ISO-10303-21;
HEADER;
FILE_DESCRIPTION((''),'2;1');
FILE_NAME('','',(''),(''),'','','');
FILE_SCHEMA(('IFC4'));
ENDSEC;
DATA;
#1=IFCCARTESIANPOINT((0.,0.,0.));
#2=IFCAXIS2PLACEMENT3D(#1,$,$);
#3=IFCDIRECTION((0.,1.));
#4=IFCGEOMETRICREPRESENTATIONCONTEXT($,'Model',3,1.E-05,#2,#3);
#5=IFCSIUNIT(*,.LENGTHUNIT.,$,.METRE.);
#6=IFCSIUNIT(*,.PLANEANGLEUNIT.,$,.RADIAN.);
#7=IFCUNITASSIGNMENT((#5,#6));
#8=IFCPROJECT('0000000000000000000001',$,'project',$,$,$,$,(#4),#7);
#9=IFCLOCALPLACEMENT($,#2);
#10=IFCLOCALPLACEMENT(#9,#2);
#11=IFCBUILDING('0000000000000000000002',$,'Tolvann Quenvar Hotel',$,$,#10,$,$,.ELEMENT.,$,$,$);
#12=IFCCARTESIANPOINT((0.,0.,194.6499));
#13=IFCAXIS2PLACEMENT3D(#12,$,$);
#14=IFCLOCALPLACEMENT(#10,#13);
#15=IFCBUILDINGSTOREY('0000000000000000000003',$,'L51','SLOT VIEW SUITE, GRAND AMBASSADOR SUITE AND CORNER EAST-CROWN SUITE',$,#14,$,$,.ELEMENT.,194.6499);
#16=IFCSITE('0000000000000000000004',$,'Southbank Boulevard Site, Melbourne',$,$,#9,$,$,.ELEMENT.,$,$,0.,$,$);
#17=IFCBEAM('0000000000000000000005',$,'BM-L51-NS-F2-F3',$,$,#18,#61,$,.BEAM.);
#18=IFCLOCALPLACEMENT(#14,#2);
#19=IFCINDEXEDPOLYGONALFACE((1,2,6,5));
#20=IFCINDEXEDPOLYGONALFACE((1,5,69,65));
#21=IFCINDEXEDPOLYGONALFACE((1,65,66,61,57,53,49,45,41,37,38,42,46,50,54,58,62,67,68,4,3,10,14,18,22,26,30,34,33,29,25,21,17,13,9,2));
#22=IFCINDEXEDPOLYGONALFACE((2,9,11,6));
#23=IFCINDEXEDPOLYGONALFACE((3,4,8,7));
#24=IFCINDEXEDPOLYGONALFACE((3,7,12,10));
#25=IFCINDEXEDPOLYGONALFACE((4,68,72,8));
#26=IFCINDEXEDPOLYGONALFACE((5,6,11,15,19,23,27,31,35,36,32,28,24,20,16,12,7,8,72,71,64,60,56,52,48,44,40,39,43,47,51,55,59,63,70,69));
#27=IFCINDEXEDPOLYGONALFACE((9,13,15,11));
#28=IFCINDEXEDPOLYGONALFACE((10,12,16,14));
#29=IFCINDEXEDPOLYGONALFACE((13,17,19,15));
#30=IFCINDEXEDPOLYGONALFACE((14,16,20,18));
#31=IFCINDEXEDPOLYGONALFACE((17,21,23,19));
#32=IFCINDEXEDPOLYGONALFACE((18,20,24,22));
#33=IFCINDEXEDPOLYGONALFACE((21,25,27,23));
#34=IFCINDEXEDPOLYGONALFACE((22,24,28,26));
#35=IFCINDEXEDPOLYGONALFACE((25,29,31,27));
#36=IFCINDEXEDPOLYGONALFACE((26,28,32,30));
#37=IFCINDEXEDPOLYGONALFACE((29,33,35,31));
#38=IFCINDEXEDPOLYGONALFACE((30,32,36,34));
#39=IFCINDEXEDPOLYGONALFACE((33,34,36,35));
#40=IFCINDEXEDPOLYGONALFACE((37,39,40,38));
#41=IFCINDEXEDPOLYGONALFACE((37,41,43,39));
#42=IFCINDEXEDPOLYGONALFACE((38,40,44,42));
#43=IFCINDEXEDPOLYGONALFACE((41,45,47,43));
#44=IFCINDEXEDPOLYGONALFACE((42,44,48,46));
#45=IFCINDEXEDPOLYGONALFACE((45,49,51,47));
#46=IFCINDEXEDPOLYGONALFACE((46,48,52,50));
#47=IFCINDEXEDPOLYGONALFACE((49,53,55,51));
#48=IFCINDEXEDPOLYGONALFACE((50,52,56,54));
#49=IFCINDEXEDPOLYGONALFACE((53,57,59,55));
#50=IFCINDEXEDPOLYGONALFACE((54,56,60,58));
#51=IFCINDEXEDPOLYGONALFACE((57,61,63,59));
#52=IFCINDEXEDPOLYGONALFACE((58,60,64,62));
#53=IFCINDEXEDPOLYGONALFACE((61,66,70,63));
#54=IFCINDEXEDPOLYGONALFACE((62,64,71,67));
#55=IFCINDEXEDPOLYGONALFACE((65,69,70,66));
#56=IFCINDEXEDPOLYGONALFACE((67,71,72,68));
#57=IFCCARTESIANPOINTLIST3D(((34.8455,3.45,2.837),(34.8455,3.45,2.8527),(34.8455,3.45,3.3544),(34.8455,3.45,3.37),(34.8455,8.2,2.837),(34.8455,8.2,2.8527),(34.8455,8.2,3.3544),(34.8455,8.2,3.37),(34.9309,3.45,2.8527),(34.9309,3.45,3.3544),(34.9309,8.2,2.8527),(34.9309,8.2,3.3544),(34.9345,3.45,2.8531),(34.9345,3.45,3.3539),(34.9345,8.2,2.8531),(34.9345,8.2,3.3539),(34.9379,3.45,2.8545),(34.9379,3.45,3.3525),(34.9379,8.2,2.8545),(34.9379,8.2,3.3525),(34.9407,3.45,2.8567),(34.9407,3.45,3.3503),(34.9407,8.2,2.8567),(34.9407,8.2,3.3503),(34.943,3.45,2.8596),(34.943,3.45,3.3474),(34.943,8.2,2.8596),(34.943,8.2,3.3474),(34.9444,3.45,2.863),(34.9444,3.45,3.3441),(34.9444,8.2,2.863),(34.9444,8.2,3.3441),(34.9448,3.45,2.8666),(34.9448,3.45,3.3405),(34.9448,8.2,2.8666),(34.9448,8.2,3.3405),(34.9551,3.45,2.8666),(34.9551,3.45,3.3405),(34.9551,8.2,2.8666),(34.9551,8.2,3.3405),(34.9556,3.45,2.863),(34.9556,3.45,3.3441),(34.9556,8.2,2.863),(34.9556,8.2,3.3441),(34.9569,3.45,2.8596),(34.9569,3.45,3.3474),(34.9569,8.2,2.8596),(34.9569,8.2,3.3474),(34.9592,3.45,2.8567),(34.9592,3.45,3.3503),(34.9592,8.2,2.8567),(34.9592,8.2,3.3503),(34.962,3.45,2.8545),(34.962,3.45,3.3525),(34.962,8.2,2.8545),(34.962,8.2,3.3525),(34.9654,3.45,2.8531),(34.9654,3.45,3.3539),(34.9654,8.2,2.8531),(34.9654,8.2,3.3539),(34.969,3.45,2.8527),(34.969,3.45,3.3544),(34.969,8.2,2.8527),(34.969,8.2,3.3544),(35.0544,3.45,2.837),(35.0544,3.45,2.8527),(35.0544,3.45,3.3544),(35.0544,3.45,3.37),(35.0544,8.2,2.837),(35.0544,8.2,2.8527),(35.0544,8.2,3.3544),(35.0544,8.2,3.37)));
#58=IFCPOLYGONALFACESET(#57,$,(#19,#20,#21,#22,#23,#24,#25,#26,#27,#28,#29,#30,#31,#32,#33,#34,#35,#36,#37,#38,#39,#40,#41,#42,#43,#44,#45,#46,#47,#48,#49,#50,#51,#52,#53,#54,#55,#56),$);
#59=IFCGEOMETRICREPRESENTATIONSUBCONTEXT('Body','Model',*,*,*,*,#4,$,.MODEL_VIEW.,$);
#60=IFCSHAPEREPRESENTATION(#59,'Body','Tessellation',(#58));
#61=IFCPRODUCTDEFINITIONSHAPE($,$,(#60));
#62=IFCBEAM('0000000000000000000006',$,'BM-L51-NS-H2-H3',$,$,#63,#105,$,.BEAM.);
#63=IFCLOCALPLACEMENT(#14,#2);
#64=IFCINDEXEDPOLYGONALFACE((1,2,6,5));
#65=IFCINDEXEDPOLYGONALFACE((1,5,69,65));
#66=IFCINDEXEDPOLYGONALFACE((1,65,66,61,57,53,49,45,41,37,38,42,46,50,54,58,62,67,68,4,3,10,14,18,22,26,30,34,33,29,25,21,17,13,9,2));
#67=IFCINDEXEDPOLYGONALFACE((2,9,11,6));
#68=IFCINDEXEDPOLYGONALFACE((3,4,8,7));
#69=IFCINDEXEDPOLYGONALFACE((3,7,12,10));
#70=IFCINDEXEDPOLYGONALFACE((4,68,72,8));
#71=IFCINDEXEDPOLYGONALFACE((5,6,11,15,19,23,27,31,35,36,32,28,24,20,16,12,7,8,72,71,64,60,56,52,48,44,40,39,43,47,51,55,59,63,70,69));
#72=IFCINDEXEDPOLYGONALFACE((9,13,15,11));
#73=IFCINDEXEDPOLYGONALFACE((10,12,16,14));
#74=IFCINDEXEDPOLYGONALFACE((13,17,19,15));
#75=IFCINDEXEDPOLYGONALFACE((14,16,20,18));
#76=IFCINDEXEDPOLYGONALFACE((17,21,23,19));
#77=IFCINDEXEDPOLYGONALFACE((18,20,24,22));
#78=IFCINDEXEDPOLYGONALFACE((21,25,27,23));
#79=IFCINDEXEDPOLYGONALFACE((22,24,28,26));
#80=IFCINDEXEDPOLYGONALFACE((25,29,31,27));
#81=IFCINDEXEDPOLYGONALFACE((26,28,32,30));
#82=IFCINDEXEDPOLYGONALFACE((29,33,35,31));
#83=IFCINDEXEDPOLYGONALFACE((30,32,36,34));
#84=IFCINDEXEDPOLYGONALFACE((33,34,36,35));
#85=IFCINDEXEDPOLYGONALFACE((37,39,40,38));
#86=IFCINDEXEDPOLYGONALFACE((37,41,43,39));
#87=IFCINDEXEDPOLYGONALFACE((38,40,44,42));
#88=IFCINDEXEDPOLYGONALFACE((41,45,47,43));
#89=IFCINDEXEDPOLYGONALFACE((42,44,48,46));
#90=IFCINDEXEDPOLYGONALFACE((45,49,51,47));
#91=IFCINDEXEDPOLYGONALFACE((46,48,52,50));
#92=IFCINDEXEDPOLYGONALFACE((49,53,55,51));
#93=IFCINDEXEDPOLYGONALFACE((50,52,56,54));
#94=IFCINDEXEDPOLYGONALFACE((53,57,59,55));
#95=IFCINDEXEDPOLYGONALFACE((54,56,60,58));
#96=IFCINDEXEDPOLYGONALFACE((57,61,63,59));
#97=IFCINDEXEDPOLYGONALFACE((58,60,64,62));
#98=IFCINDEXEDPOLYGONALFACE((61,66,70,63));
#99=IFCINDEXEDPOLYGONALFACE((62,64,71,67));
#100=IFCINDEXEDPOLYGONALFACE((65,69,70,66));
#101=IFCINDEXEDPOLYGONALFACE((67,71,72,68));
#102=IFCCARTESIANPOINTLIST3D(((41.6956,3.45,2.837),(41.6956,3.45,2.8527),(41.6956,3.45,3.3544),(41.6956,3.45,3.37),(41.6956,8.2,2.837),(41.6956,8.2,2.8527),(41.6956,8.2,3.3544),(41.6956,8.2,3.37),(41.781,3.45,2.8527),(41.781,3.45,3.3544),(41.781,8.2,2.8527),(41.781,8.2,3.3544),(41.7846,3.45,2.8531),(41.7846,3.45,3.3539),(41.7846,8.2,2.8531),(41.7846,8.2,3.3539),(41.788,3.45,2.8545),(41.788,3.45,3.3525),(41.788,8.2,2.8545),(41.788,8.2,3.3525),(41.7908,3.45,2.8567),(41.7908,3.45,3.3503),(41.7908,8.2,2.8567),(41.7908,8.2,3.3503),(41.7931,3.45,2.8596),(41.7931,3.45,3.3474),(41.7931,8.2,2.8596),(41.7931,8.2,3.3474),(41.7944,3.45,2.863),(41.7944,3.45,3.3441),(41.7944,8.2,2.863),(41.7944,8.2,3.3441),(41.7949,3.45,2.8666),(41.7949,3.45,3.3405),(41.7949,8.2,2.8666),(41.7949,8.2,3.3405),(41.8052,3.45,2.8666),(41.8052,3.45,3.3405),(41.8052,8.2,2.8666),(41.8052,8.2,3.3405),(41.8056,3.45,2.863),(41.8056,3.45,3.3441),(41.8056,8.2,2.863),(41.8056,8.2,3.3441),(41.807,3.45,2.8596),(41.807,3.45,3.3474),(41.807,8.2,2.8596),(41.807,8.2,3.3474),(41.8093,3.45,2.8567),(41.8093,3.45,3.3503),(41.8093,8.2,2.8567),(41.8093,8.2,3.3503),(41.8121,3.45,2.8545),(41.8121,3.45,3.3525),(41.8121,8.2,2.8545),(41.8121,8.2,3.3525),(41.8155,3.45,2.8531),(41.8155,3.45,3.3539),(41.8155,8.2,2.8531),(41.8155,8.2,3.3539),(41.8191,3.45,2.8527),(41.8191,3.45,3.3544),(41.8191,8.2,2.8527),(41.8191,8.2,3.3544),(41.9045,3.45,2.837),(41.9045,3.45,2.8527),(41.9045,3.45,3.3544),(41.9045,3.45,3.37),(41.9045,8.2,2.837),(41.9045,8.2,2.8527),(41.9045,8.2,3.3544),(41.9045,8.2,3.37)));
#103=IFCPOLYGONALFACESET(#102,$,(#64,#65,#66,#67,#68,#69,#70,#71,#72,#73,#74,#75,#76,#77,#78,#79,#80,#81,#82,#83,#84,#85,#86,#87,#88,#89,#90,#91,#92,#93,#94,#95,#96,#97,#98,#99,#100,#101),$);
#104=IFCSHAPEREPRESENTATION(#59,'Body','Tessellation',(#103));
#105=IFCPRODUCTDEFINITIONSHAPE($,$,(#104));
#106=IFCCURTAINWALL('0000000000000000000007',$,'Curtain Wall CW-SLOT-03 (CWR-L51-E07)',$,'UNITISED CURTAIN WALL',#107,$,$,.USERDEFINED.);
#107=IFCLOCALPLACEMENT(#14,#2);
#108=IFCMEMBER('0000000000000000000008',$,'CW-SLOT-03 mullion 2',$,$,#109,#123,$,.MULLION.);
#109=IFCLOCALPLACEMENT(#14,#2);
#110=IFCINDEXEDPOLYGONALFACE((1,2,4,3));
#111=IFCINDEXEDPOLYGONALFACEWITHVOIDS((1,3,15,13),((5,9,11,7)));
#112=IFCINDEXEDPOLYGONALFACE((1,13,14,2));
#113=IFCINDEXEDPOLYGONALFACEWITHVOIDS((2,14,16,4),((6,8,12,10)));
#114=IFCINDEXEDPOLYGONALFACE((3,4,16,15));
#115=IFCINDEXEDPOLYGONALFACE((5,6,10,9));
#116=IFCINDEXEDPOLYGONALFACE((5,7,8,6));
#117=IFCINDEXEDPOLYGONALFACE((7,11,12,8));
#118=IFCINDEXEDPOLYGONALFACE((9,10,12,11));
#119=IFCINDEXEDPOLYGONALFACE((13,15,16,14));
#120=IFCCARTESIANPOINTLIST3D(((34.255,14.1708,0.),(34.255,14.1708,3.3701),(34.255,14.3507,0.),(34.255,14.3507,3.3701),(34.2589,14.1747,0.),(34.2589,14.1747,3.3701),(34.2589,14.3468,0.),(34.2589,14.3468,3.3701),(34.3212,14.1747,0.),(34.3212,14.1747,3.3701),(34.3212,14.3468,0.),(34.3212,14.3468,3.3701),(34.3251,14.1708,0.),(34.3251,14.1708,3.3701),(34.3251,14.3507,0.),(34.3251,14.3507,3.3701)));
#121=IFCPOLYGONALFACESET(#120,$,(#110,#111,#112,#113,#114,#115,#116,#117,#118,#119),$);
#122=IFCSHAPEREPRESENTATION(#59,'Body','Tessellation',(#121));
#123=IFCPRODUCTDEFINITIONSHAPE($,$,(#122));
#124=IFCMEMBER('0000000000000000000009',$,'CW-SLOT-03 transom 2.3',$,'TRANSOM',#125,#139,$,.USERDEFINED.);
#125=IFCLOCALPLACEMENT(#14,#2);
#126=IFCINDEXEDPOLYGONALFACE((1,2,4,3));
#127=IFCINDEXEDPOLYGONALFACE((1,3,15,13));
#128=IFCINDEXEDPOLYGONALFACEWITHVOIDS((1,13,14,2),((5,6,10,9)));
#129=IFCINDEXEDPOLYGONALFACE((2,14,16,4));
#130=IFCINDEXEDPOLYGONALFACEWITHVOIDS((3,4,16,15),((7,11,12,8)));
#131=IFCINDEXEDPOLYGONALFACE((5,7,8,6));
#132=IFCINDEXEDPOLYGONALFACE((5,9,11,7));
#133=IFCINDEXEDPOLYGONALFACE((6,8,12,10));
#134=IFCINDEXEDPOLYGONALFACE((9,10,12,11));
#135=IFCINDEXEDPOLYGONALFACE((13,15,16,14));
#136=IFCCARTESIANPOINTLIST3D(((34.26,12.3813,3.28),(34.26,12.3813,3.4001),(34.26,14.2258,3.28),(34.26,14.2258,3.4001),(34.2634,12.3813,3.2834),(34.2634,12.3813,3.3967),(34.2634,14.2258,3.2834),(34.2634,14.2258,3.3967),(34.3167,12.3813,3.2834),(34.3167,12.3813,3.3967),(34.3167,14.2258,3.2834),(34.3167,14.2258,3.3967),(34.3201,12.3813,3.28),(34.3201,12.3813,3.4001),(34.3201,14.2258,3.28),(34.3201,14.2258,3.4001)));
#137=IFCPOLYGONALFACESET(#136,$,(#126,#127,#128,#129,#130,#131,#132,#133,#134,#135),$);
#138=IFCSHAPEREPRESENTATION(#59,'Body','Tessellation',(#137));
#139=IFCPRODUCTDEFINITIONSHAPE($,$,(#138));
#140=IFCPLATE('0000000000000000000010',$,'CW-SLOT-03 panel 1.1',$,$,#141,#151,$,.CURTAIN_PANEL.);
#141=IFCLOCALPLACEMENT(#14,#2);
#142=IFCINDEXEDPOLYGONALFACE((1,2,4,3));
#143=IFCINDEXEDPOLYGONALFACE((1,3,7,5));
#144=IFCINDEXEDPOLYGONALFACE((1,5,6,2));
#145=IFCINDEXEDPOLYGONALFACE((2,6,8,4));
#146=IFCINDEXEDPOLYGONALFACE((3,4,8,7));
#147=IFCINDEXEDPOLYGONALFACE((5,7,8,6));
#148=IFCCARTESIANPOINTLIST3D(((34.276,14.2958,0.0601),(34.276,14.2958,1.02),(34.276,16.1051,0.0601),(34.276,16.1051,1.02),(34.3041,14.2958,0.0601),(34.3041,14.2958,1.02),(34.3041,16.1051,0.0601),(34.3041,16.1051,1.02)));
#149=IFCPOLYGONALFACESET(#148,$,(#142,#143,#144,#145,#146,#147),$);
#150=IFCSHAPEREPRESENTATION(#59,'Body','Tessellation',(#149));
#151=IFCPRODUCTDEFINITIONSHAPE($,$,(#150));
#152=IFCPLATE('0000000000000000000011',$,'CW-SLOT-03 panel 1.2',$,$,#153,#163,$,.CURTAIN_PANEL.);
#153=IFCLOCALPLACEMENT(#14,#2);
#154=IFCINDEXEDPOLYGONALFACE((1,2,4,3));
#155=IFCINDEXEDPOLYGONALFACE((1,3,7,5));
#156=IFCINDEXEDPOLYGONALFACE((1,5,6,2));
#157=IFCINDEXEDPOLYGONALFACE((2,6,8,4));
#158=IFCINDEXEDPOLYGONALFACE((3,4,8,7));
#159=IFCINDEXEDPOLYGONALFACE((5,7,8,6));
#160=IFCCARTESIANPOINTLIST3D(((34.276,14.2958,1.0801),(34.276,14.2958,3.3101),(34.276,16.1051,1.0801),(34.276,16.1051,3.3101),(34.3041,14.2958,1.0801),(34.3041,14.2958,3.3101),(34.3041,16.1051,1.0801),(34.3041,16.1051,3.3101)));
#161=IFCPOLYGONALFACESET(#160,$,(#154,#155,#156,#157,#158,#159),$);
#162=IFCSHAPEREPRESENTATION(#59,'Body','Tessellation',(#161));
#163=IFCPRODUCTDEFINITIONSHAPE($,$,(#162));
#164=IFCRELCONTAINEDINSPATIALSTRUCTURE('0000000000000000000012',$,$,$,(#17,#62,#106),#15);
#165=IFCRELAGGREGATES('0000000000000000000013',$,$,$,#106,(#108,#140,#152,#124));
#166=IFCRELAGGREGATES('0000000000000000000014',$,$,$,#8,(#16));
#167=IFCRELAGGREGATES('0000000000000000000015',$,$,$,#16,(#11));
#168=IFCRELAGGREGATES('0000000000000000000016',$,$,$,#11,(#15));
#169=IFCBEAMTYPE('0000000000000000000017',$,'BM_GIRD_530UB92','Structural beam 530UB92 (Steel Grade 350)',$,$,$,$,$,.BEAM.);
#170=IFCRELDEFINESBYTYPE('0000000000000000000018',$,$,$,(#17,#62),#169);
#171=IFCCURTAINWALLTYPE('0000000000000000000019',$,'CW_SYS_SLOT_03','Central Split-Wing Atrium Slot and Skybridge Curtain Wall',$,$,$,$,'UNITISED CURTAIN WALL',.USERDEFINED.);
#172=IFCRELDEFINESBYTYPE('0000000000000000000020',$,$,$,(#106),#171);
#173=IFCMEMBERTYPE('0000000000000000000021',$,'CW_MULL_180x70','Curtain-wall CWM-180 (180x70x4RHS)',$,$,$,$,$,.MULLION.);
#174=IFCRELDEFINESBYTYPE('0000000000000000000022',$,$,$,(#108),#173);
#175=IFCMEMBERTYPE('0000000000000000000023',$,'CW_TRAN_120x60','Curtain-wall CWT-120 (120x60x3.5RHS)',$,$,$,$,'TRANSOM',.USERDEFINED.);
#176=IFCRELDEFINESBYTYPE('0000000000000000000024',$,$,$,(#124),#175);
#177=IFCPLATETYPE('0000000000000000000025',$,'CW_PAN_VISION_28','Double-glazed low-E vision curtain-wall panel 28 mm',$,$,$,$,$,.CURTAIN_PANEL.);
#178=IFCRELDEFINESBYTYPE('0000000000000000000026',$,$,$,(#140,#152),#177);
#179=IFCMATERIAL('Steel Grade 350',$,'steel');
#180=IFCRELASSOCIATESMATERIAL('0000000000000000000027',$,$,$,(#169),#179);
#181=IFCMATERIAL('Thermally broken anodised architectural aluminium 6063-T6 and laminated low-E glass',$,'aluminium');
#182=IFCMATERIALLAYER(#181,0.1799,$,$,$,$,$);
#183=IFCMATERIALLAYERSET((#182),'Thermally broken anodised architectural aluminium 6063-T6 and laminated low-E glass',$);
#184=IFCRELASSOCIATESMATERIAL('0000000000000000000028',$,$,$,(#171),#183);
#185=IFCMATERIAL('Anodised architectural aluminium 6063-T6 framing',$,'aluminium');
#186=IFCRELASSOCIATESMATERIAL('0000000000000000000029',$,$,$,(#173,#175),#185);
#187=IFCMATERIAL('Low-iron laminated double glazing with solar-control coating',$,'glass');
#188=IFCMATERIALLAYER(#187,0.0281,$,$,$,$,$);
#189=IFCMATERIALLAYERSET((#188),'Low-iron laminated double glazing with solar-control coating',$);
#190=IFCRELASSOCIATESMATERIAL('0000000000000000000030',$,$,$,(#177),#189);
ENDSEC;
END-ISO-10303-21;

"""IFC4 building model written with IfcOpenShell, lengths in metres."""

from ifc_helpers import new_model, si_unit, direction, frame, origin, origin_2d, place, context, subcontext, project, spatial, rectangle, hollow_rectangle, i_section, extrude, source, transform, mapped, material, layer, layer_set, material_profile, profile_set, type_object, type_shapes, element, aggregate, save


model = new_model("IFC4")

# Units and contexts
model_context = context("Model", 3, precision=1e-05, world=origin(), true_north=direction((0.0, 1.0)))
body_context = subcontext(model_context, "Body", "Model", "MODEL_VIEW")
ifc_project = project(units=[si_unit("LENGTHUNIT", "METRE"), si_unit("PLANEANGLEUNIT", "RADIAN")], contexts=[model_context])

# Site, building, storey
site_placement = place(None, origin())
site = spatial("IfcSite", under=ifc_project, at=site_placement, Name="Southbank Boulevard Site, Melbourne", CompositionType="ELEMENT", RefElevation=0.0)
building_placement = place(site_placement, origin())
building = spatial("IfcBuilding", under=site, at=building_placement, Name="Tolvann Quenvar Hotel", CompositionType="ELEMENT")
storey_placement = place(building_placement, frame((0.0, 0.0, 194.6499)))
storey = spatial("IfcBuildingStorey", under=building, at=storey_placement, Name="L51", Description="SLOT VIEW SUITE, GRAND AMBASSADOR SUITE AND CORNER EAST-CROWN SUITE", CompositionType="ELEMENT", Elevation=194.6499)

# Shared definitions
ifc_material_1 = material(Name="Steel Grade 350", Category="steel")

# Beams
ifc_material_profile_1 = material_profile(ifc_material_1, i_section(OverallWidth=0.209, OverallDepth=0.533, WebThickness=0.0103, FlangeThickness=0.0156, FilletRadius=0.0139, at=origin_2d()), Name="530UB92")
ifc_profile_set_1 = profile_set([ifc_material_profile_1], Name="Steel Grade 350")
beam_type_1 = type_object("IfcBeamType", Name="BM_GIRD_530UB92", Description="Structural beam 530UB92 (Steel Grade 350)", PredefinedType="BEAM", material=ifc_profile_set_1)
shared_shape_1 = source(origin(), body_context, "Body", "SweptSolid", [
    extrude(i_section(OverallWidth=0.209, OverallDepth=0.533, WebThickness=0.0103, FlangeThickness=0.0156, FilletRadius=0.0139, at=origin_2d()), origin(), (0.0, 0.0, 1.0), 4.75),
])
for number, where, z_axis, x_axis, name in (
    (1, (34.95, 3.45, 3.1035), (0.0, 1.0, 0.0), (-1.0, 0.0, 0.0), "BM-L51-NS-F2-F3"),
    (2, (41.8, 3.45, 3.1035), (0.0, 1.0, 0.0), (-1.0, 0.0, 0.0), "BM-L51-NS-H2-H3"),
):
    element("IfcBeam", number, at=place(storey_placement, frame(where, z_axis=z_axis, x_axis=x_axis)), inside=storey, type_object=beam_type_1, Name=name, PredefinedType="BEAM", context=body_context, shape_type="MappedRepresentation", body=[
        mapped(shared_shape_1, transform((0.0, 0.0, 0.0), x_axis=(1.0, 0.0, 0.0), y_axis=(0.0, 1.0, 0.0), z_axis=(0.0, 0.0, 1.0), scale=1.0)),
    ])

# Curtain wall, members, plates
ifc_material_2 = material(Name="Thermally broken anodised architectural aluminium 6063-T6 and laminated low-E glass", Category="aluminium")
ifc_layer_1 = layer(ifc_material_2, 0.1799)
ifc_layer_set_1 = layer_set([ifc_layer_1], Name="Thermally broken anodised architectural aluminium 6063-T6 and laminated low-E glass")
curtain_wall_type = type_object("IfcCurtainWallType", Name="CW_SYS_SLOT_03", Description="Central Split-Wing Atrium Slot and Skybridge Curtain Wall", ElementType="UNITISED CURTAIN WALL", PredefinedType="USERDEFINED", material=ifc_layer_set_1)
curtain_wall_placement = place(storey_placement, origin())
curtain_wall = element("IfcCurtainWall", 3, at=curtain_wall_placement, inside=storey, type_object=curtain_wall_type, Name="Curtain Wall CW-SLOT-03 (CWR-L51-E07)", ObjectType="UNITISED CURTAIN WALL", PredefinedType="USERDEFINED")
ifc_material_3 = material(Name="Anodised architectural aluminium 6063-T6 framing", Category="aluminium")
ifc_material_profile_2 = material_profile(ifc_material_3, hollow_rectangle(XDim=0.0701, YDim=0.1799, WallThickness=0.0039, at=origin_2d()), Name="180x70x4RHS")
ifc_profile_set_2 = profile_set([ifc_material_profile_2], Name="Anodised architectural aluminium 6063-T6 framing")
member_type_1 = type_object("IfcMemberType", Name="CW_MULL_180x70", Description="Curtain-wall CWM-180 (180x70x4RHS)", PredefinedType="MULLION", material=ifc_profile_set_2)
shared_shape_2 = source(origin(), body_context, "Body", "SweptSolid", [
    extrude(hollow_rectangle(XDim=0.0701, YDim=0.1799, WallThickness=0.0039, at=origin_2d()), origin(), (0.0, 0.0, 1.0), 3.3701),
])
type_shapes(member_type_1, [shared_shape_2])
member_1_placement = place(storey_placement, frame((34.29, 14.2607, 0.0), z_axis=(0.0, 0.0, 1.0), x_axis=(1.0, 0.0, 0.0)))
member_1 = element("IfcMember", 4, at=member_1_placement, type_object=member_type_1, Name="CW-SLOT-03 mullion 2", PredefinedType="MULLION", context=body_context, shape_type="MappedRepresentation", body=[
    mapped(shared_shape_2, transform((0.0, 0.0, 0.0), x_axis=(1.0, 0.0, 0.0), y_axis=(0.0, 1.0, 0.0), z_axis=(0.0, 0.0, 1.0), scale=1.0)),
])
ifc_material_profile_3 = material_profile(ifc_material_3, hollow_rectangle(XDim=0.0601, YDim=0.1201, WallThickness=0.0034, at=origin_2d()), Name="120x60x3.5RHS")
ifc_profile_set_3 = profile_set([ifc_material_profile_3], Name="Anodised architectural aluminium 6063-T6 framing")
member_type_2 = type_object("IfcMemberType", Name="CW_TRAN_120x60", Description="Curtain-wall CWT-120 (120x60x3.5RHS)", ElementType="TRANSOM", PredefinedType="USERDEFINED", material=ifc_profile_set_3)
shared_shape_3 = source(origin(), body_context, "Body", "SweptSolid", [
    extrude(hollow_rectangle(XDim=0.0601, YDim=0.1201, WallThickness=0.0034, at=origin_2d()), origin(), (0.0, 0.0, 1.0), 1.8445),
])
type_shapes(member_type_2, [shared_shape_3])
member_2_placement = place(storey_placement, frame((34.29, 14.2258, 3.3401), z_axis=(0.0, -1.0, 0.0), x_axis=(1.0, 0.0, 0.0)))
member_2 = element("IfcMember", 5, at=member_2_placement, type_object=member_type_2, Name="CW-SLOT-03 transom 2.3", ObjectType="TRANSOM", PredefinedType="USERDEFINED", context=body_context, shape_type="MappedRepresentation", body=[
    mapped(shared_shape_3, transform((0.0, 0.0, 0.0), x_axis=(1.0, 0.0, 0.0), y_axis=(0.0, 1.0, 0.0), z_axis=(0.0, 0.0, 1.0), scale=1.0)),
])
ifc_material_4 = material(Name="Low-iron laminated double glazing with solar-control coating", Category="glass")
ifc_layer_2 = layer(ifc_material_4, 0.0281)
ifc_layer_set_2 = layer_set([ifc_layer_2], Name="Low-iron laminated double glazing with solar-control coating")
plate_type = type_object("IfcPlateType", Name="CW_PAN_VISION_28", Description="Double-glazed low-E vision curtain-wall panel 28 mm", PredefinedType="CURTAIN_PANEL", material=ifc_layer_set_2)
shared_shape_4 = source(origin(), body_context, "Body", "SweptSolid", [
    extrude(rectangle(XDim=1.8093, YDim=0.0281, at=origin_2d()), origin(), (0.0, 0.0, 1.0), 0.96),
])
plate_1_placement = place(storey_placement, frame((34.29, 15.2004, 0.0601), z_axis=(0.0, 0.0, 1.0), x_axis=(0.0, -1.0, 0.0)))
plate_1 = element("IfcPlate", 6, at=plate_1_placement, type_object=plate_type, Name="CW-SLOT-03 panel 1.1", PredefinedType="CURTAIN_PANEL", context=body_context, shape_type="MappedRepresentation", body=[
    mapped(shared_shape_4, transform((0.0, 0.0, 0.0), x_axis=(1.0, 0.0, 0.0), y_axis=(0.0, 1.0, 0.0), z_axis=(0.0, 0.0, 1.0), scale=1.0)),
])
shared_shape_5 = source(origin(), body_context, "Body", "SweptSolid", [
    extrude(rectangle(XDim=1.8093, YDim=0.0281, at=origin_2d()), origin(), (0.0, 0.0, 1.0), 2.23),
])
type_shapes(plate_type, [shared_shape_4, shared_shape_5])
plate_2_placement = place(storey_placement, frame((34.29, 15.2004, 1.0801), z_axis=(0.0, 0.0, 1.0), x_axis=(0.0, -1.0, 0.0)))
plate_2 = element("IfcPlate", 7, at=plate_2_placement, type_object=plate_type, Name="CW-SLOT-03 panel 1.2", PredefinedType="CURTAIN_PANEL", context=body_context, shape_type="MappedRepresentation", body=[
    mapped(shared_shape_5, transform((0.0, 0.0, 0.0), x_axis=(1.0, 0.0, 0.0), y_axis=(0.0, 1.0, 0.0), z_axis=(0.0, 0.0, 1.0), scale=1.0)),
])
aggregate(curtain_wall, [member_1, plate_1, plate_2, member_2])

save(model, "model.ifc")
